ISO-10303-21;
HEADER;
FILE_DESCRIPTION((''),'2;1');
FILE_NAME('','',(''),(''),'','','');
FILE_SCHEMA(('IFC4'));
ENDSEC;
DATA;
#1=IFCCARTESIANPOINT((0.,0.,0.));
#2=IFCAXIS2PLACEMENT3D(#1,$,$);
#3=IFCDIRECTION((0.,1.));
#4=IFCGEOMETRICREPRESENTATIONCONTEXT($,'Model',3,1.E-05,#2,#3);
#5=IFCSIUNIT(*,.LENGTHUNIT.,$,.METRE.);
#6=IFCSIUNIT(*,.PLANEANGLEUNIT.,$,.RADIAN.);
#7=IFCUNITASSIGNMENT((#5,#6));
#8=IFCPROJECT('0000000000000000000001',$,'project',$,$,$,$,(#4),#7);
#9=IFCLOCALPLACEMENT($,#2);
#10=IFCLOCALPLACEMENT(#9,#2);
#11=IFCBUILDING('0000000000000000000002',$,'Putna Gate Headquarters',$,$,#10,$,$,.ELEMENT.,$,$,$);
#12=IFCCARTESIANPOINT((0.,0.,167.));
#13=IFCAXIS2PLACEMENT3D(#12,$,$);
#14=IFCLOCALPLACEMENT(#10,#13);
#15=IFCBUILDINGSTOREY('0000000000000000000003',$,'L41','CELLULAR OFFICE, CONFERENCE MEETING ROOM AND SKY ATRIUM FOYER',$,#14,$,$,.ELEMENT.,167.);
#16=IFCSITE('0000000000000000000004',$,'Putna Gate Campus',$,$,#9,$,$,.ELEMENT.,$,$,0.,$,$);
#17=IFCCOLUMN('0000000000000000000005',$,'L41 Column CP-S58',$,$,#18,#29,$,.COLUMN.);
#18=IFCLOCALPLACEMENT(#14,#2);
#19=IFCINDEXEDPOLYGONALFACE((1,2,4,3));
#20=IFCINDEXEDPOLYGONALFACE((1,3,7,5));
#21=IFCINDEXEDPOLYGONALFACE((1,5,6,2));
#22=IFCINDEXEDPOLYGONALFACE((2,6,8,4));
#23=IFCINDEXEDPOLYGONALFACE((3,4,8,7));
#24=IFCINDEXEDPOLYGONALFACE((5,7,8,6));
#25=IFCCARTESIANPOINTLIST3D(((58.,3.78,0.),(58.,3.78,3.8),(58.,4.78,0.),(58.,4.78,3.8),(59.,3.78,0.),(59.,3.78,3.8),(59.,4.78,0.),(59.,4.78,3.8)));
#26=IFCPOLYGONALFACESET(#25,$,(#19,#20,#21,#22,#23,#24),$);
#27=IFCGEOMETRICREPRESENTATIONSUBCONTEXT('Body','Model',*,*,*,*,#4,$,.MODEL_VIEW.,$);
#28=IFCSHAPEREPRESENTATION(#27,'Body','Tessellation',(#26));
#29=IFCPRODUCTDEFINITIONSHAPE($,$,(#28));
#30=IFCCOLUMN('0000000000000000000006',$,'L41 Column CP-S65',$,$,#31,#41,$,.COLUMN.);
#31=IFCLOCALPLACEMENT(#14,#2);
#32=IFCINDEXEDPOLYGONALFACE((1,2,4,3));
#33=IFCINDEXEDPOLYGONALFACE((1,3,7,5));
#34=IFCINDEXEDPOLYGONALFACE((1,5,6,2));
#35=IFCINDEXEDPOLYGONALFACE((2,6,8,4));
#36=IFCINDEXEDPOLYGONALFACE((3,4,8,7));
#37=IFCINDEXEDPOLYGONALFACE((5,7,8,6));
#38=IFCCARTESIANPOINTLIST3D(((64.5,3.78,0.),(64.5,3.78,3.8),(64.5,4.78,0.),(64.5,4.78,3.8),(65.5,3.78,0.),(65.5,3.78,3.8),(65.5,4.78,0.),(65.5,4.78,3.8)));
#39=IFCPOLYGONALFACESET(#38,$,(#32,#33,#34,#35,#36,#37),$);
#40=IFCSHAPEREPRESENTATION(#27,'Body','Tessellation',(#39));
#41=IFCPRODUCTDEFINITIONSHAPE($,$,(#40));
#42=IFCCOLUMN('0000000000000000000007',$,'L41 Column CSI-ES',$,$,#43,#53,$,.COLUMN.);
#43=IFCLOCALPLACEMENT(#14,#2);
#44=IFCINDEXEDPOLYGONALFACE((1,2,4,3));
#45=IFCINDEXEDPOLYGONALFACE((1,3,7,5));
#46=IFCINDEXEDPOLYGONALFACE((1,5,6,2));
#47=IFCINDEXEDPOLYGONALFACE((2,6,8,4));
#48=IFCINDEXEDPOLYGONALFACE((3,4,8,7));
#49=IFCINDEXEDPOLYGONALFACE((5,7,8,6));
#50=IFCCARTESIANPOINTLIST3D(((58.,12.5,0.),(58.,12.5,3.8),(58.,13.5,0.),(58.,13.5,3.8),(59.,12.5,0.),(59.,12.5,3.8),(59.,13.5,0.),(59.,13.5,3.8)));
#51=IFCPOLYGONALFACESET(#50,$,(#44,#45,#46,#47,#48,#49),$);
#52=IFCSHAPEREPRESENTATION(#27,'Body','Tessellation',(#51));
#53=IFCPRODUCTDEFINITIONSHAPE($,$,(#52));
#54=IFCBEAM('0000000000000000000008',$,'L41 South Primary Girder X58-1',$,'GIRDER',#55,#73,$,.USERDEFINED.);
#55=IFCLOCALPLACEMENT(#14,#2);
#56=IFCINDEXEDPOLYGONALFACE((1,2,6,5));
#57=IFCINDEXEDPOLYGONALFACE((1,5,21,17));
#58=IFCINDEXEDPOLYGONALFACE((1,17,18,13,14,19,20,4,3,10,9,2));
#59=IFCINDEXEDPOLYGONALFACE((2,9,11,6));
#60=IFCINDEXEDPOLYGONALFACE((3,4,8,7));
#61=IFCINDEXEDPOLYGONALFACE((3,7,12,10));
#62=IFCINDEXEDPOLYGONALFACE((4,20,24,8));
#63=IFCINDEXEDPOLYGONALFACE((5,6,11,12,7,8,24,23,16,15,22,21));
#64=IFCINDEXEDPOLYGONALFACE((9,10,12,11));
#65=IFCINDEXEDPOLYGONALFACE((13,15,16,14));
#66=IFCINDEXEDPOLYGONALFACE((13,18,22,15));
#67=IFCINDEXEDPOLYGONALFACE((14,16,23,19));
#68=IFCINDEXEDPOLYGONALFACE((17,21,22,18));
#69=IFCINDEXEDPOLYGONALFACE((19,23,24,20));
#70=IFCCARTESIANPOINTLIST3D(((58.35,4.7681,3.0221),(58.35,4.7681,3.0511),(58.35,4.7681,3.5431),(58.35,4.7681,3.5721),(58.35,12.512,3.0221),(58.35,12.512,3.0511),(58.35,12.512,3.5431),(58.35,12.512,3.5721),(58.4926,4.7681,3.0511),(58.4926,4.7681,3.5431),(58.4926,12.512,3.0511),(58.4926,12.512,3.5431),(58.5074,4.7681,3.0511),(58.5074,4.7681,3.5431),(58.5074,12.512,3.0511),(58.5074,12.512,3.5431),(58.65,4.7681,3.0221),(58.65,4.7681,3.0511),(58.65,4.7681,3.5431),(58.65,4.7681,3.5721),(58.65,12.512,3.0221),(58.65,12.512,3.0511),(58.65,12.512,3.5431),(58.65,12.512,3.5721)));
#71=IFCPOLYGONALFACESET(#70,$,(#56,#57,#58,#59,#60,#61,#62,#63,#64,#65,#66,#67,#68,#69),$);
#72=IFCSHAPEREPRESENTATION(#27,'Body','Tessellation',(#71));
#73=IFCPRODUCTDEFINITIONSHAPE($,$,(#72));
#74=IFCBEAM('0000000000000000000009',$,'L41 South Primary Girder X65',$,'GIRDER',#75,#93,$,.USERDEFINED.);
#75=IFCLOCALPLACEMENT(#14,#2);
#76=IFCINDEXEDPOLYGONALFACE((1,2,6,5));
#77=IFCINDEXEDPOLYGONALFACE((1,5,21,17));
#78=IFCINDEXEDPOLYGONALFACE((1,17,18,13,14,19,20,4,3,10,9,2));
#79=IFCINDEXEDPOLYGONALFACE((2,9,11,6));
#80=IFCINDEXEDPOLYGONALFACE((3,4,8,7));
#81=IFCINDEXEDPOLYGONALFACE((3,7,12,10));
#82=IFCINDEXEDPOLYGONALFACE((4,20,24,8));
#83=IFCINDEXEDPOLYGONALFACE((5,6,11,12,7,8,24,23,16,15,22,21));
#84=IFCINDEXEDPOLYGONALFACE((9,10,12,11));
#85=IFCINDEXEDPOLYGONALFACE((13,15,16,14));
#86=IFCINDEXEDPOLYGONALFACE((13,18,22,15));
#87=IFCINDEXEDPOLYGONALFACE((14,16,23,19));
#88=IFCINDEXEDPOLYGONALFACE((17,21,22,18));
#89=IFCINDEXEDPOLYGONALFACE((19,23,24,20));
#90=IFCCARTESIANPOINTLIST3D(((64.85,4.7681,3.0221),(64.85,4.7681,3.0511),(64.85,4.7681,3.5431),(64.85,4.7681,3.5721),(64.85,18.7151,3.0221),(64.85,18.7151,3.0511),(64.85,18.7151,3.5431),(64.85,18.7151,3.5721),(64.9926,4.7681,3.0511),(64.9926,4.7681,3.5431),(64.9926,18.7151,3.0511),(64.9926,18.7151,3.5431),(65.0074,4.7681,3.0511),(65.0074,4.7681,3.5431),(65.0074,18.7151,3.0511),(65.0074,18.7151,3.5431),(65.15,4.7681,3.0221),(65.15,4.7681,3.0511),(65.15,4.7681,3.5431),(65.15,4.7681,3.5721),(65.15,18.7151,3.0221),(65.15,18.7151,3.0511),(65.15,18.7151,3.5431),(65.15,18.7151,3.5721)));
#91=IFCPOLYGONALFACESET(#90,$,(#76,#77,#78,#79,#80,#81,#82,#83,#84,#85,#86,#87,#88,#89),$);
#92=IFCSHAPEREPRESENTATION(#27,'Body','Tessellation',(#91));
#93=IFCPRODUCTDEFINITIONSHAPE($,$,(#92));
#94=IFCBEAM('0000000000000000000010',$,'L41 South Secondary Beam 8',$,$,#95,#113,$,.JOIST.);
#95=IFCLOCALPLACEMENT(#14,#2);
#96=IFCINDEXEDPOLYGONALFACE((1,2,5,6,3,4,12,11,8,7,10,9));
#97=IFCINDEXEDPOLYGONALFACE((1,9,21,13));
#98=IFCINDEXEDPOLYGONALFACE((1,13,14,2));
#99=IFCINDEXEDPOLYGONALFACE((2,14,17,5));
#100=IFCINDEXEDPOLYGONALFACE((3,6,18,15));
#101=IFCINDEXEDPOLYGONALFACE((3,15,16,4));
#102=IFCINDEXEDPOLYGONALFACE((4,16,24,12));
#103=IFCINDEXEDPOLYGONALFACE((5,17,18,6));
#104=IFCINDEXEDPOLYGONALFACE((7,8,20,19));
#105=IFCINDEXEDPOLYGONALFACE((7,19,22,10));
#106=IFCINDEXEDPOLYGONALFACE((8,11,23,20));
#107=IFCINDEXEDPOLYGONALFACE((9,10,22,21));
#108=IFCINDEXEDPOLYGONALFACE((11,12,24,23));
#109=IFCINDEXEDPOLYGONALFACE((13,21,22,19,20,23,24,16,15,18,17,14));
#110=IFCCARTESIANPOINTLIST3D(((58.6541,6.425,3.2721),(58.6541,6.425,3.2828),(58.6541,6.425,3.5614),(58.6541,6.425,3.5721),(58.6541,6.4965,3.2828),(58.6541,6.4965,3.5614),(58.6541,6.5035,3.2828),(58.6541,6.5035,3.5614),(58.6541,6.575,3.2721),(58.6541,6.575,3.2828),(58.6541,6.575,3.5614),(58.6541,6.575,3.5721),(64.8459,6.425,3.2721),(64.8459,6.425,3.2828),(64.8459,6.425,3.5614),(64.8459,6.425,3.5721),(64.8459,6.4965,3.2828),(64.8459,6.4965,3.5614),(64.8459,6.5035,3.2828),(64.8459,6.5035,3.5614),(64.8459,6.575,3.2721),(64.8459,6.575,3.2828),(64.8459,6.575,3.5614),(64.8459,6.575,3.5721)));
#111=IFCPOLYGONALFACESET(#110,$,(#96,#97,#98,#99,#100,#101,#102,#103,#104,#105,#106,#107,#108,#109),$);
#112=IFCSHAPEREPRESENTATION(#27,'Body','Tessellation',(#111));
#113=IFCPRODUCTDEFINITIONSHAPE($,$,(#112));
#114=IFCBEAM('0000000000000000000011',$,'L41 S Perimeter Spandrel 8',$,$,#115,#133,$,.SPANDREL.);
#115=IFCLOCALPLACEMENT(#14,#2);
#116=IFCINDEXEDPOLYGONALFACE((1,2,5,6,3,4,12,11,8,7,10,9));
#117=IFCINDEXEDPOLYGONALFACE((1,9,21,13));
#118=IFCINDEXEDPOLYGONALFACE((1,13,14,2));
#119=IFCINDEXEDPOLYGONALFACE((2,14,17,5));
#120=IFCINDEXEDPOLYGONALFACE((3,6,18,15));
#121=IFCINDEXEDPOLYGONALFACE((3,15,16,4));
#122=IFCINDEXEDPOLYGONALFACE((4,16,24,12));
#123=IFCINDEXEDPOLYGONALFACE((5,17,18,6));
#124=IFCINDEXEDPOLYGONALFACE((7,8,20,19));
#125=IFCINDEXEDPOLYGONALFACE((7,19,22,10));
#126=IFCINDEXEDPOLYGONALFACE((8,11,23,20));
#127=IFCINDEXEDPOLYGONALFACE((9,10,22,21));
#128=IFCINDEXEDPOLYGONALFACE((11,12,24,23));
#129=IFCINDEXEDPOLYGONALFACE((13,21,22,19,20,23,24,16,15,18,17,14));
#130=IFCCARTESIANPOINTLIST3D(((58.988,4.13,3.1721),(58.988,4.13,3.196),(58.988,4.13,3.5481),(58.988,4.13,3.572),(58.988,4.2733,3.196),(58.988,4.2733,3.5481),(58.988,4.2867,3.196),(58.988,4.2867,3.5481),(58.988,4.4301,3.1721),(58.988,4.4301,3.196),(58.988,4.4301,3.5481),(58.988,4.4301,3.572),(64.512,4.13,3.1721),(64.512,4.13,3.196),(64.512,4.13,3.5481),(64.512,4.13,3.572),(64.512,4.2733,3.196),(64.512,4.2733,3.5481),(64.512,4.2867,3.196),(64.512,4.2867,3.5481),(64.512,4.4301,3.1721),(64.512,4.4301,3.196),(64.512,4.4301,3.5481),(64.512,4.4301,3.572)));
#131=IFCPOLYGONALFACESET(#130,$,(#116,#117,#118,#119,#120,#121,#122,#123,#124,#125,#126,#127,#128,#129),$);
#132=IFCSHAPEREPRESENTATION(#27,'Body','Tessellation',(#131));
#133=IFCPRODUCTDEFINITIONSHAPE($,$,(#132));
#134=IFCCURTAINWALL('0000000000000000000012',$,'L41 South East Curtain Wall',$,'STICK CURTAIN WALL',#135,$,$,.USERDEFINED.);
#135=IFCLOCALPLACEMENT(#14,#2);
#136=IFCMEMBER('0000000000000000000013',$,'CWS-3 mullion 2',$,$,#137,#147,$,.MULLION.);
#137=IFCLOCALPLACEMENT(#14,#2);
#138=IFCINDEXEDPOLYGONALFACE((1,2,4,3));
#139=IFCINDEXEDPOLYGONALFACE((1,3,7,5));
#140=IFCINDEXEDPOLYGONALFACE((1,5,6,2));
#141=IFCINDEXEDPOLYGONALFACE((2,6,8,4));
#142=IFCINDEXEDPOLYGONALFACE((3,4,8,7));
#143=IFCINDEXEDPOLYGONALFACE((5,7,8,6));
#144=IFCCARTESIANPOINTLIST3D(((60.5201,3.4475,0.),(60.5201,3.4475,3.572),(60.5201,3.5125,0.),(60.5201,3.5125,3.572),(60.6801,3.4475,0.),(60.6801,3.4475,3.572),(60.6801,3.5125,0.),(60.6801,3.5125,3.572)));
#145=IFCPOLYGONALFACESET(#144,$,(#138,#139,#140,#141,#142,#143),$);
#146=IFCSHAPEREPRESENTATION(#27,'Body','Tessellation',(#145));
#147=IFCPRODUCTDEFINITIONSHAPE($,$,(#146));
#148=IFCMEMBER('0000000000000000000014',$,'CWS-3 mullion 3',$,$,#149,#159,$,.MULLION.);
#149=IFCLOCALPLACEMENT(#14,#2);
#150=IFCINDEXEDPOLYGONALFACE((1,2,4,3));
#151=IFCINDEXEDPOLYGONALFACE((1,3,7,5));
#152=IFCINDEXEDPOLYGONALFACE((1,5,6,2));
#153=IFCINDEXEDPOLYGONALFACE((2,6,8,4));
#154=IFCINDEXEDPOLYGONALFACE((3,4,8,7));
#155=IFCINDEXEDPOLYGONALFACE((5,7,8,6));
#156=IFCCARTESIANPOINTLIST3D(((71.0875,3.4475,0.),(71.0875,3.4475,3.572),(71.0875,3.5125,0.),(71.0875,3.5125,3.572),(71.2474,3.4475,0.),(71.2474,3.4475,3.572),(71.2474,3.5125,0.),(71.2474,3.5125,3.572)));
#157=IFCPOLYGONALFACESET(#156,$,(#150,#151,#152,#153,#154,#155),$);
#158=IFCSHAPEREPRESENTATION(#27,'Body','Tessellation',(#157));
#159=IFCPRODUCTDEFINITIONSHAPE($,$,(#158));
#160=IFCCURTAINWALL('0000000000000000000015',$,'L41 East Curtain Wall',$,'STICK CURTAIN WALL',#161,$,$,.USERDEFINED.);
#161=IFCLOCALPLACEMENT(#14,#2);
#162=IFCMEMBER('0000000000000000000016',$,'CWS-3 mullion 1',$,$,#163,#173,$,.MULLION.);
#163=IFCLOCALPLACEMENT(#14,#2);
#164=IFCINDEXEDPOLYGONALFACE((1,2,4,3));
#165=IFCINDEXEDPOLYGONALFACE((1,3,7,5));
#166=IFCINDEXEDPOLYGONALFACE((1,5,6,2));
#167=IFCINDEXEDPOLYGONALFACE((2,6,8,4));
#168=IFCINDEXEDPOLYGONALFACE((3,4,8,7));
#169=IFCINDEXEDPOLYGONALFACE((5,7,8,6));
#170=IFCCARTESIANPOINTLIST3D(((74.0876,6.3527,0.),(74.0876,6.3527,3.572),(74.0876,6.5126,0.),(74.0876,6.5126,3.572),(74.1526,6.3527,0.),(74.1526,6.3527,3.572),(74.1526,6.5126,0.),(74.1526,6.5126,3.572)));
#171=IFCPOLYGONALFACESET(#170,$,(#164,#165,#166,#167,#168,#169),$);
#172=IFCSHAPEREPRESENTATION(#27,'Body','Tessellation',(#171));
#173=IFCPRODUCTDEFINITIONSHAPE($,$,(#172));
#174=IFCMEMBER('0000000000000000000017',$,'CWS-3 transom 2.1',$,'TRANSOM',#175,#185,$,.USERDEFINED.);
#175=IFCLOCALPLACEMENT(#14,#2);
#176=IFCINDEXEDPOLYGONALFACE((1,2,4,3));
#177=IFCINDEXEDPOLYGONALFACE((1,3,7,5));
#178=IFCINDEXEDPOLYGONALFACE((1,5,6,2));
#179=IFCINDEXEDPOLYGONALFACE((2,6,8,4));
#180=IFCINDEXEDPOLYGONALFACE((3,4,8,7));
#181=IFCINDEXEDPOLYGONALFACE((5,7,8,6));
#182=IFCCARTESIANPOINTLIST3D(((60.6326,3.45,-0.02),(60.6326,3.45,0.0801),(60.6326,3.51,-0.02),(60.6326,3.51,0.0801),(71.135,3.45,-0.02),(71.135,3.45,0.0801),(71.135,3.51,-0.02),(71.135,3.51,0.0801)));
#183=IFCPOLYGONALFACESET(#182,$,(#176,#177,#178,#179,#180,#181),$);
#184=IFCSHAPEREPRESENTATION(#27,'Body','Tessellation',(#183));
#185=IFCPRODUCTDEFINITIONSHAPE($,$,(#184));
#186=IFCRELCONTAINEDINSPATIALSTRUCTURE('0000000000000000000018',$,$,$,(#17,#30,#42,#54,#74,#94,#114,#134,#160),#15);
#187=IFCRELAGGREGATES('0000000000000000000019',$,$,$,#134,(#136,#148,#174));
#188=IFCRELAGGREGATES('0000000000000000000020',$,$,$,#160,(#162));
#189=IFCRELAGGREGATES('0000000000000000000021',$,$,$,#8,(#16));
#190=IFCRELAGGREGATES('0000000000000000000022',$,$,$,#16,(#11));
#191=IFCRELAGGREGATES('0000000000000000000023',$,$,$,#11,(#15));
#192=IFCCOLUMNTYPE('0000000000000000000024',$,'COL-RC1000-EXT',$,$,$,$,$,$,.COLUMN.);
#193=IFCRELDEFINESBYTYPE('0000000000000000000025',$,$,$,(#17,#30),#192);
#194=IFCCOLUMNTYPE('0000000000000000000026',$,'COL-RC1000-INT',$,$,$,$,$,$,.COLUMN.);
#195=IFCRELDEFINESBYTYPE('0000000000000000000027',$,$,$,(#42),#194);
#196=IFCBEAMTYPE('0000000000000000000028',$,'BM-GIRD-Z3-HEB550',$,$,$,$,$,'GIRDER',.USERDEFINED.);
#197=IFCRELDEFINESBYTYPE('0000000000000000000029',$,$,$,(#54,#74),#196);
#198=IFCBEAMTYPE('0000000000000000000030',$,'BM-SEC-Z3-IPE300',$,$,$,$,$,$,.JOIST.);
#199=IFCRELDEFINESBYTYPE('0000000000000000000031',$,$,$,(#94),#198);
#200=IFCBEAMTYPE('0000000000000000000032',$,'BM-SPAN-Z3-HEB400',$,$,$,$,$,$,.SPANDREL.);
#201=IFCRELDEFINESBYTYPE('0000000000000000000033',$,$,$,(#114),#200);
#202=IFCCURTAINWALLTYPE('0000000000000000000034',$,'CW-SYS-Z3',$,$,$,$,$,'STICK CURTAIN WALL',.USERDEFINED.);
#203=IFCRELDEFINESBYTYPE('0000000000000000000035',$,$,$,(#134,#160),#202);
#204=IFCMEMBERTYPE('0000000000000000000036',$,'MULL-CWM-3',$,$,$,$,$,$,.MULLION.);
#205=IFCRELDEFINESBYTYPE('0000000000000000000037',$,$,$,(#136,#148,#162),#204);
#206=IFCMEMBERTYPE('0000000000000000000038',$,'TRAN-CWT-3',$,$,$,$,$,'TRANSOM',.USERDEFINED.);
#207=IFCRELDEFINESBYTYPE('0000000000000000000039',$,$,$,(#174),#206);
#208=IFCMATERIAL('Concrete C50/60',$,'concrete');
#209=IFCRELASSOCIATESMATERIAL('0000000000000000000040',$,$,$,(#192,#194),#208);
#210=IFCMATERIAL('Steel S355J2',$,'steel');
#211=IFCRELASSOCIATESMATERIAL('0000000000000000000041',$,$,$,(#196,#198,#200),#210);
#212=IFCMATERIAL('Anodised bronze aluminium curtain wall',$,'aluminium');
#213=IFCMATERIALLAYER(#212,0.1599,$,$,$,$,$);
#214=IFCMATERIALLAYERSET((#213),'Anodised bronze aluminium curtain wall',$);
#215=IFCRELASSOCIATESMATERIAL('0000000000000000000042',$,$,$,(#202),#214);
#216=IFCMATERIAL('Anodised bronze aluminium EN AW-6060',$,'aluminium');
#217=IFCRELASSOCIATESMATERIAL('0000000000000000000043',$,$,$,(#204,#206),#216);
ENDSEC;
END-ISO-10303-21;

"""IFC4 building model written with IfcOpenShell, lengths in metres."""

from ifc_helpers import new_model, si_unit, direction, frame, origin, origin_2d, place, context, subcontext, project, spatial, rectangle, i_section, extrude, material, layer, layer_set, material_profile, profile_set, type_object, element, aggregate, save


model = new_model("IFC4")

# Units and contexts
model_context = context("Model", 3, precision=1e-05, world=origin(), true_north=direction((0.0, 1.0)))
body_context = subcontext(model_context, "Body", "Model", "MODEL_VIEW")
ifc_project = project(units=[si_unit("LENGTHUNIT", "METRE"), si_unit("PLANEANGLEUNIT", "RADIAN")], contexts=[model_context])

# Site, building, storey
site_placement = place(None, origin())
site = spatial("IfcSite", under=ifc_project, at=site_placement, Name="Putna Gate Campus", CompositionType="ELEMENT", RefElevation=0.0)
building_placement = place(site_placement, origin())
building = spatial("IfcBuilding", under=site, at=building_placement, Name="Putna Gate Headquarters", CompositionType="ELEMENT")
storey_placement = place(building_placement, frame((0.0, 0.0, 167.0)))
storey = spatial("IfcBuildingStorey", under=building, at=storey_placement, Name="L41", Description="CELLULAR OFFICE, CONFERENCE MEETING ROOM AND SKY ATRIUM FOYER", CompositionType="ELEMENT", Elevation=167.0)

# Columns
ifc_material_1 = material(Name="Concrete C50/60", Category="concrete")
ifc_material_profile_1 = material_profile(ifc_material_1, rectangle(XDim=1.0, YDim=1.0, at=origin_2d()), Name="Concrete C50/60")
ifc_profile_set_1 = profile_set([ifc_material_profile_1], Name="Concrete C50/60")
column_type_1 = type_object("IfcColumnType", Name="COL-RC1000-EXT", PredefinedType="COLUMN", material=ifc_profile_set_1)
for number, where, z_axis, x_axis, name in (
    (1, (58.5, 4.28, 0.0), (0.0, 0.0, 1.0), (1.0, 0.0, 0.0), "L41 Column CP-S58"),
    (2, (65.0, 4.28, 0.0), (0.0, 0.0, 1.0), (1.0, 0.0, 0.0), "L41 Column CP-S65"),
):
    element("IfcColumn", number, at=place(storey_placement, frame(where, z_axis=z_axis, x_axis=x_axis)), inside=storey, type_object=column_type_1, Name=name, PredefinedType="COLUMN", context=body_context, shape_type="SweptSolid", body=[
        extrude(rectangle(XDim=1.0, YDim=1.0, at=origin_2d()), origin(), (0.0, 0.0, 1.0), 3.8),
    ])
ifc_material_profile_2 = material_profile(ifc_material_1, rectangle(XDim=1.0, YDim=1.0, at=origin_2d()), Name="Concrete C50/60")
ifc_profile_set_2 = profile_set([ifc_material_profile_2], Name="Concrete C50/60")
column_type_2 = type_object("IfcColumnType", Name="COL-RC1000-INT", PredefinedType="COLUMN", material=ifc_profile_set_2)
column_placement = place(storey_placement, frame((58.5, 13.0, 0.0), z_axis=(0.0, 0.0, 1.0), x_axis=(1.0, 0.0, 0.0)))
element("IfcColumn", 3, at=column_placement, inside=storey, type_object=column_type_2, Name="L41 Column CSI-ES", PredefinedType="COLUMN", context=body_context, shape_type="SweptSolid", body=[
    extrude(rectangle(XDim=1.0, YDim=1.0, at=origin_2d()), origin(), (0.0, 0.0, 1.0), 3.8),
])

# Beams
ifc_material_2 = material(Name="Steel S355J2", Category="steel")
ifc_material_profile_3 = material_profile(ifc_material_2, i_section(OverallWidth=0.3, OverallDepth=0.55, WebThickness=0.0149, FlangeThickness=0.0291, at=origin_2d()), Name="Steel S355J2")
ifc_profile_set_3 = profile_set([ifc_material_profile_3], Name="Steel S355J2")
beam_type_1 = type_object("IfcBeamType", Name="BM-GIRD-Z3-HEB550", ElementType="GIRDER", PredefinedType="USERDEFINED", material=ifc_profile_set_3)
beam_1_placement = place(storey_placement, frame((58.5, 4.7681, 3.2971), z_axis=(0.0, 1.0, 0.0), x_axis=(-1.0, 0.0, 0.0)))
element("IfcBeam", 4, at=beam_1_placement, inside=storey, type_object=beam_type_1, Name="L41 South Primary Girder X58-1", ObjectType="GIRDER", PredefinedType="USERDEFINED", context=body_context, shape_type="SweptSolid", body=[
    extrude(i_section(OverallWidth=0.3, OverallDepth=0.55, WebThickness=0.0149, FlangeThickness=0.0291, at=origin_2d()), origin(), (0.0, 0.0, 1.0), 7.7439),
])
beam_2_placement = place(storey_placement, frame((65.0, 4.7681, 3.2971), z_axis=(0.0, 1.0, 0.0), x_axis=(-1.0, 0.0, 0.0)))
element("IfcBeam", 5, at=beam_2_placement, inside=storey, type_object=beam_type_1, Name="L41 South Primary Girder X65", ObjectType="GIRDER", PredefinedType="USERDEFINED", context=body_context, shape_type="SweptSolid", body=[
    extrude(i_section(OverallWidth=0.3, OverallDepth=0.55, WebThickness=0.0149, FlangeThickness=0.0291, at=origin_2d()), origin(), (0.0, 0.0, 1.0), 13.947),
])
ifc_material_profile_4 = material_profile(ifc_material_2, i_section(OverallWidth=0.1499, OverallDepth=0.3, WebThickness=0.0071, FlangeThickness=0.0107, at=origin_2d()), Name="Steel S355J2")
ifc_profile_set_4 = profile_set([ifc_material_profile_4], Name="Steel S355J2")
beam_type_2 = type_object("IfcBeamType", Name="BM-SEC-Z3-IPE300", PredefinedType="JOIST", material=ifc_profile_set_4)
beam_3_placement = place(storey_placement, frame((58.6541, 6.5, 3.4221), z_axis=(1.0, 0.0, 0.0), x_axis=(0.0, 1.0, 0.0)))
element("IfcBeam", 6, at=beam_3_placement, inside=storey, type_object=beam_type_2, Name="L41 South Secondary Beam 8", PredefinedType="JOIST", context=body_context, shape_type="SweptSolid", body=[
    extrude(i_section(OverallWidth=0.1499, OverallDepth=0.3, WebThickness=0.0071, FlangeThickness=0.0107, at=origin_2d()), origin(), (0.0, 0.0, 1.0), 6.1919),
])
ifc_material_profile_5 = material_profile(ifc_material_2, i_section(OverallWidth=0.3, OverallDepth=0.3999, WebThickness=0.0134, FlangeThickness=0.0239, at=origin_2d()), Name="Steel S355J2")
ifc_profile_set_5 = profile_set([ifc_material_profile_5], Name="Steel S355J2")
beam_type_3 = type_object("IfcBeamType", Name="BM-SPAN-Z3-HEB400", PredefinedType="SPANDREL", material=ifc_profile_set_5)
beam_4_placement = place(storey_placement, frame((58.988, 4.28, 3.3721), z_axis=(1.0, 0.0, 0.0), x_axis=(0.0, 1.0, 0.0)))
element("IfcBeam", 7, at=beam_4_placement, inside=storey, type_object=beam_type_3, Name="L41 S Perimeter Spandrel 8", PredefinedType="SPANDREL", context=body_context, shape_type="SweptSolid", body=[
    extrude(i_section(OverallWidth=0.3, OverallDepth=0.3999, WebThickness=0.0134, FlangeThickness=0.0239, at=origin_2d()), origin(), (0.0, 0.0, 1.0), 5.5239),
])

# Curtain wall, members
ifc_material_3 = material(Name="Anodised bronze aluminium curtain wall", Category="aluminium")
ifc_layer_1 = layer(ifc_material_3, 0.1599)
ifc_layer_set_1 = layer_set([ifc_layer_1], Name="Anodised bronze aluminium curtain wall")
curtain_wall_type = type_object("IfcCurtainWallType", Name="CW-SYS-Z3", ElementType="STICK CURTAIN WALL", PredefinedType="USERDEFINED", material=ifc_layer_set_1)
curtain_wall_1_placement = place(storey_placement, origin())
curtain_wall_1 = element("IfcCurtainWall", 8, at=curtain_wall_1_placement, inside=storey, type_object=curtain_wall_type, Name="L41 South East Curtain Wall", ObjectType="STICK CURTAIN WALL", PredefinedType="USERDEFINED")
ifc_material_4 = material(Name="Anodised bronze aluminium EN AW-6060", Category="aluminium")
ifc_material_profile_6 = material_profile(ifc_material_4, rectangle(XDim=0.0649, YDim=0.1599, at=origin_2d()), Name="Anodised bronze aluminium EN AW-6060")
ifc_profile_set_6 = profile_set([ifc_material_profile_6], Name="Anodised bronze aluminium EN AW-6060")
member_type_1 = type_object("IfcMemberType", Name="MULL-CWM-3", PredefinedType="MULLION", material=ifc_profile_set_6)
member_1_placement = place(storey_placement, frame((60.6001, 3.48, 0.0), z_axis=(0.0, 0.0, 1.0), x_axis=(0.0, 1.0, 0.0)))
member_1 = element("IfcMember", 9, at=member_1_placement, type_object=member_type_1, Name="CWS-3 mullion 2", PredefinedType="MULLION", context=body_context, shape_type="SweptSolid", body=[
    extrude(rectangle(XDim=0.0649, YDim=0.1599, at=origin_2d()), origin(), (0.0, 0.0, 1.0), 3.572),
])
member_2_placement = place(storey_placement, frame((71.1675, 3.48, 0.0), z_axis=(0.0, 0.0, 1.0), x_axis=(0.0, 1.0, 0.0)))
member_2 = element("IfcMember", 10, at=member_2_placement, type_object=member_type_1, Name="CWS-3 mullion 3", PredefinedType="MULLION", context=body_context, shape_type="SweptSolid", body=[
    extrude(rectangle(XDim=0.0649, YDim=0.1599, at=origin_2d()), origin(), (0.0, 0.0, 1.0), 3.572),
])

# Curtain wall, member
curtain_wall_2_placement = place(storey_placement, origin())
curtain_wall_2 = element("IfcCurtainWall", 11, at=curtain_wall_2_placement, inside=storey, type_object=curtain_wall_type, Name="L41 East Curtain Wall", ObjectType="STICK CURTAIN WALL", PredefinedType="USERDEFINED")
member_3_placement = place(storey_placement, frame((74.1201, 6.4326, 0.0), z_axis=(0.0, 0.0, 1.0), x_axis=(-1.0, 0.0, 0.0)))
member_3 = element("IfcMember", 12, at=member_3_placement, type_object=member_type_1, Name="CWS-3 mullion 1", PredefinedType="MULLION", context=body_context, shape_type="SweptSolid", body=[
    extrude(rectangle(XDim=0.0649, YDim=0.1599, at=origin_2d()), origin(), (0.0, 0.0, 1.0), 3.572),
])

# Member
ifc_material_profile_7 = material_profile(ifc_material_4, rectangle(XDim=0.0601, YDim=0.1001, at=origin_2d()), Name="Anodised bronze aluminium EN AW-6060")
ifc_profile_set_7 = profile_set([ifc_material_profile_7], Name="Anodised bronze aluminium EN AW-6060")
member_type_2 = type_object("IfcMemberType", Name="TRAN-CWT-3", ElementType="TRANSOM", PredefinedType="USERDEFINED", material=ifc_profile_set_7)
member_4_placement = place(storey_placement, frame((60.6326, 3.48, 0.03), z_axis=(1.0, 0.0, 0.0), x_axis=(0.0, 1.0, 0.0)))
member_4 = element("IfcMember", 13, at=member_4_placement, type_object=member_type_2, Name="CWS-3 transom 2.1", ObjectType="TRANSOM", PredefinedType="USERDEFINED", context=body_context, shape_type="SweptSolid", body=[
    extrude(rectangle(XDim=0.0601, YDim=0.1001, at=origin_2d()), origin(), (0.0, 0.0, 1.0), 10.5024),
])

aggregate(curtain_wall_1, [member_1, member_2, member_4])
aggregate(curtain_wall_2, [member_3])

save(model, "model.ifc")
